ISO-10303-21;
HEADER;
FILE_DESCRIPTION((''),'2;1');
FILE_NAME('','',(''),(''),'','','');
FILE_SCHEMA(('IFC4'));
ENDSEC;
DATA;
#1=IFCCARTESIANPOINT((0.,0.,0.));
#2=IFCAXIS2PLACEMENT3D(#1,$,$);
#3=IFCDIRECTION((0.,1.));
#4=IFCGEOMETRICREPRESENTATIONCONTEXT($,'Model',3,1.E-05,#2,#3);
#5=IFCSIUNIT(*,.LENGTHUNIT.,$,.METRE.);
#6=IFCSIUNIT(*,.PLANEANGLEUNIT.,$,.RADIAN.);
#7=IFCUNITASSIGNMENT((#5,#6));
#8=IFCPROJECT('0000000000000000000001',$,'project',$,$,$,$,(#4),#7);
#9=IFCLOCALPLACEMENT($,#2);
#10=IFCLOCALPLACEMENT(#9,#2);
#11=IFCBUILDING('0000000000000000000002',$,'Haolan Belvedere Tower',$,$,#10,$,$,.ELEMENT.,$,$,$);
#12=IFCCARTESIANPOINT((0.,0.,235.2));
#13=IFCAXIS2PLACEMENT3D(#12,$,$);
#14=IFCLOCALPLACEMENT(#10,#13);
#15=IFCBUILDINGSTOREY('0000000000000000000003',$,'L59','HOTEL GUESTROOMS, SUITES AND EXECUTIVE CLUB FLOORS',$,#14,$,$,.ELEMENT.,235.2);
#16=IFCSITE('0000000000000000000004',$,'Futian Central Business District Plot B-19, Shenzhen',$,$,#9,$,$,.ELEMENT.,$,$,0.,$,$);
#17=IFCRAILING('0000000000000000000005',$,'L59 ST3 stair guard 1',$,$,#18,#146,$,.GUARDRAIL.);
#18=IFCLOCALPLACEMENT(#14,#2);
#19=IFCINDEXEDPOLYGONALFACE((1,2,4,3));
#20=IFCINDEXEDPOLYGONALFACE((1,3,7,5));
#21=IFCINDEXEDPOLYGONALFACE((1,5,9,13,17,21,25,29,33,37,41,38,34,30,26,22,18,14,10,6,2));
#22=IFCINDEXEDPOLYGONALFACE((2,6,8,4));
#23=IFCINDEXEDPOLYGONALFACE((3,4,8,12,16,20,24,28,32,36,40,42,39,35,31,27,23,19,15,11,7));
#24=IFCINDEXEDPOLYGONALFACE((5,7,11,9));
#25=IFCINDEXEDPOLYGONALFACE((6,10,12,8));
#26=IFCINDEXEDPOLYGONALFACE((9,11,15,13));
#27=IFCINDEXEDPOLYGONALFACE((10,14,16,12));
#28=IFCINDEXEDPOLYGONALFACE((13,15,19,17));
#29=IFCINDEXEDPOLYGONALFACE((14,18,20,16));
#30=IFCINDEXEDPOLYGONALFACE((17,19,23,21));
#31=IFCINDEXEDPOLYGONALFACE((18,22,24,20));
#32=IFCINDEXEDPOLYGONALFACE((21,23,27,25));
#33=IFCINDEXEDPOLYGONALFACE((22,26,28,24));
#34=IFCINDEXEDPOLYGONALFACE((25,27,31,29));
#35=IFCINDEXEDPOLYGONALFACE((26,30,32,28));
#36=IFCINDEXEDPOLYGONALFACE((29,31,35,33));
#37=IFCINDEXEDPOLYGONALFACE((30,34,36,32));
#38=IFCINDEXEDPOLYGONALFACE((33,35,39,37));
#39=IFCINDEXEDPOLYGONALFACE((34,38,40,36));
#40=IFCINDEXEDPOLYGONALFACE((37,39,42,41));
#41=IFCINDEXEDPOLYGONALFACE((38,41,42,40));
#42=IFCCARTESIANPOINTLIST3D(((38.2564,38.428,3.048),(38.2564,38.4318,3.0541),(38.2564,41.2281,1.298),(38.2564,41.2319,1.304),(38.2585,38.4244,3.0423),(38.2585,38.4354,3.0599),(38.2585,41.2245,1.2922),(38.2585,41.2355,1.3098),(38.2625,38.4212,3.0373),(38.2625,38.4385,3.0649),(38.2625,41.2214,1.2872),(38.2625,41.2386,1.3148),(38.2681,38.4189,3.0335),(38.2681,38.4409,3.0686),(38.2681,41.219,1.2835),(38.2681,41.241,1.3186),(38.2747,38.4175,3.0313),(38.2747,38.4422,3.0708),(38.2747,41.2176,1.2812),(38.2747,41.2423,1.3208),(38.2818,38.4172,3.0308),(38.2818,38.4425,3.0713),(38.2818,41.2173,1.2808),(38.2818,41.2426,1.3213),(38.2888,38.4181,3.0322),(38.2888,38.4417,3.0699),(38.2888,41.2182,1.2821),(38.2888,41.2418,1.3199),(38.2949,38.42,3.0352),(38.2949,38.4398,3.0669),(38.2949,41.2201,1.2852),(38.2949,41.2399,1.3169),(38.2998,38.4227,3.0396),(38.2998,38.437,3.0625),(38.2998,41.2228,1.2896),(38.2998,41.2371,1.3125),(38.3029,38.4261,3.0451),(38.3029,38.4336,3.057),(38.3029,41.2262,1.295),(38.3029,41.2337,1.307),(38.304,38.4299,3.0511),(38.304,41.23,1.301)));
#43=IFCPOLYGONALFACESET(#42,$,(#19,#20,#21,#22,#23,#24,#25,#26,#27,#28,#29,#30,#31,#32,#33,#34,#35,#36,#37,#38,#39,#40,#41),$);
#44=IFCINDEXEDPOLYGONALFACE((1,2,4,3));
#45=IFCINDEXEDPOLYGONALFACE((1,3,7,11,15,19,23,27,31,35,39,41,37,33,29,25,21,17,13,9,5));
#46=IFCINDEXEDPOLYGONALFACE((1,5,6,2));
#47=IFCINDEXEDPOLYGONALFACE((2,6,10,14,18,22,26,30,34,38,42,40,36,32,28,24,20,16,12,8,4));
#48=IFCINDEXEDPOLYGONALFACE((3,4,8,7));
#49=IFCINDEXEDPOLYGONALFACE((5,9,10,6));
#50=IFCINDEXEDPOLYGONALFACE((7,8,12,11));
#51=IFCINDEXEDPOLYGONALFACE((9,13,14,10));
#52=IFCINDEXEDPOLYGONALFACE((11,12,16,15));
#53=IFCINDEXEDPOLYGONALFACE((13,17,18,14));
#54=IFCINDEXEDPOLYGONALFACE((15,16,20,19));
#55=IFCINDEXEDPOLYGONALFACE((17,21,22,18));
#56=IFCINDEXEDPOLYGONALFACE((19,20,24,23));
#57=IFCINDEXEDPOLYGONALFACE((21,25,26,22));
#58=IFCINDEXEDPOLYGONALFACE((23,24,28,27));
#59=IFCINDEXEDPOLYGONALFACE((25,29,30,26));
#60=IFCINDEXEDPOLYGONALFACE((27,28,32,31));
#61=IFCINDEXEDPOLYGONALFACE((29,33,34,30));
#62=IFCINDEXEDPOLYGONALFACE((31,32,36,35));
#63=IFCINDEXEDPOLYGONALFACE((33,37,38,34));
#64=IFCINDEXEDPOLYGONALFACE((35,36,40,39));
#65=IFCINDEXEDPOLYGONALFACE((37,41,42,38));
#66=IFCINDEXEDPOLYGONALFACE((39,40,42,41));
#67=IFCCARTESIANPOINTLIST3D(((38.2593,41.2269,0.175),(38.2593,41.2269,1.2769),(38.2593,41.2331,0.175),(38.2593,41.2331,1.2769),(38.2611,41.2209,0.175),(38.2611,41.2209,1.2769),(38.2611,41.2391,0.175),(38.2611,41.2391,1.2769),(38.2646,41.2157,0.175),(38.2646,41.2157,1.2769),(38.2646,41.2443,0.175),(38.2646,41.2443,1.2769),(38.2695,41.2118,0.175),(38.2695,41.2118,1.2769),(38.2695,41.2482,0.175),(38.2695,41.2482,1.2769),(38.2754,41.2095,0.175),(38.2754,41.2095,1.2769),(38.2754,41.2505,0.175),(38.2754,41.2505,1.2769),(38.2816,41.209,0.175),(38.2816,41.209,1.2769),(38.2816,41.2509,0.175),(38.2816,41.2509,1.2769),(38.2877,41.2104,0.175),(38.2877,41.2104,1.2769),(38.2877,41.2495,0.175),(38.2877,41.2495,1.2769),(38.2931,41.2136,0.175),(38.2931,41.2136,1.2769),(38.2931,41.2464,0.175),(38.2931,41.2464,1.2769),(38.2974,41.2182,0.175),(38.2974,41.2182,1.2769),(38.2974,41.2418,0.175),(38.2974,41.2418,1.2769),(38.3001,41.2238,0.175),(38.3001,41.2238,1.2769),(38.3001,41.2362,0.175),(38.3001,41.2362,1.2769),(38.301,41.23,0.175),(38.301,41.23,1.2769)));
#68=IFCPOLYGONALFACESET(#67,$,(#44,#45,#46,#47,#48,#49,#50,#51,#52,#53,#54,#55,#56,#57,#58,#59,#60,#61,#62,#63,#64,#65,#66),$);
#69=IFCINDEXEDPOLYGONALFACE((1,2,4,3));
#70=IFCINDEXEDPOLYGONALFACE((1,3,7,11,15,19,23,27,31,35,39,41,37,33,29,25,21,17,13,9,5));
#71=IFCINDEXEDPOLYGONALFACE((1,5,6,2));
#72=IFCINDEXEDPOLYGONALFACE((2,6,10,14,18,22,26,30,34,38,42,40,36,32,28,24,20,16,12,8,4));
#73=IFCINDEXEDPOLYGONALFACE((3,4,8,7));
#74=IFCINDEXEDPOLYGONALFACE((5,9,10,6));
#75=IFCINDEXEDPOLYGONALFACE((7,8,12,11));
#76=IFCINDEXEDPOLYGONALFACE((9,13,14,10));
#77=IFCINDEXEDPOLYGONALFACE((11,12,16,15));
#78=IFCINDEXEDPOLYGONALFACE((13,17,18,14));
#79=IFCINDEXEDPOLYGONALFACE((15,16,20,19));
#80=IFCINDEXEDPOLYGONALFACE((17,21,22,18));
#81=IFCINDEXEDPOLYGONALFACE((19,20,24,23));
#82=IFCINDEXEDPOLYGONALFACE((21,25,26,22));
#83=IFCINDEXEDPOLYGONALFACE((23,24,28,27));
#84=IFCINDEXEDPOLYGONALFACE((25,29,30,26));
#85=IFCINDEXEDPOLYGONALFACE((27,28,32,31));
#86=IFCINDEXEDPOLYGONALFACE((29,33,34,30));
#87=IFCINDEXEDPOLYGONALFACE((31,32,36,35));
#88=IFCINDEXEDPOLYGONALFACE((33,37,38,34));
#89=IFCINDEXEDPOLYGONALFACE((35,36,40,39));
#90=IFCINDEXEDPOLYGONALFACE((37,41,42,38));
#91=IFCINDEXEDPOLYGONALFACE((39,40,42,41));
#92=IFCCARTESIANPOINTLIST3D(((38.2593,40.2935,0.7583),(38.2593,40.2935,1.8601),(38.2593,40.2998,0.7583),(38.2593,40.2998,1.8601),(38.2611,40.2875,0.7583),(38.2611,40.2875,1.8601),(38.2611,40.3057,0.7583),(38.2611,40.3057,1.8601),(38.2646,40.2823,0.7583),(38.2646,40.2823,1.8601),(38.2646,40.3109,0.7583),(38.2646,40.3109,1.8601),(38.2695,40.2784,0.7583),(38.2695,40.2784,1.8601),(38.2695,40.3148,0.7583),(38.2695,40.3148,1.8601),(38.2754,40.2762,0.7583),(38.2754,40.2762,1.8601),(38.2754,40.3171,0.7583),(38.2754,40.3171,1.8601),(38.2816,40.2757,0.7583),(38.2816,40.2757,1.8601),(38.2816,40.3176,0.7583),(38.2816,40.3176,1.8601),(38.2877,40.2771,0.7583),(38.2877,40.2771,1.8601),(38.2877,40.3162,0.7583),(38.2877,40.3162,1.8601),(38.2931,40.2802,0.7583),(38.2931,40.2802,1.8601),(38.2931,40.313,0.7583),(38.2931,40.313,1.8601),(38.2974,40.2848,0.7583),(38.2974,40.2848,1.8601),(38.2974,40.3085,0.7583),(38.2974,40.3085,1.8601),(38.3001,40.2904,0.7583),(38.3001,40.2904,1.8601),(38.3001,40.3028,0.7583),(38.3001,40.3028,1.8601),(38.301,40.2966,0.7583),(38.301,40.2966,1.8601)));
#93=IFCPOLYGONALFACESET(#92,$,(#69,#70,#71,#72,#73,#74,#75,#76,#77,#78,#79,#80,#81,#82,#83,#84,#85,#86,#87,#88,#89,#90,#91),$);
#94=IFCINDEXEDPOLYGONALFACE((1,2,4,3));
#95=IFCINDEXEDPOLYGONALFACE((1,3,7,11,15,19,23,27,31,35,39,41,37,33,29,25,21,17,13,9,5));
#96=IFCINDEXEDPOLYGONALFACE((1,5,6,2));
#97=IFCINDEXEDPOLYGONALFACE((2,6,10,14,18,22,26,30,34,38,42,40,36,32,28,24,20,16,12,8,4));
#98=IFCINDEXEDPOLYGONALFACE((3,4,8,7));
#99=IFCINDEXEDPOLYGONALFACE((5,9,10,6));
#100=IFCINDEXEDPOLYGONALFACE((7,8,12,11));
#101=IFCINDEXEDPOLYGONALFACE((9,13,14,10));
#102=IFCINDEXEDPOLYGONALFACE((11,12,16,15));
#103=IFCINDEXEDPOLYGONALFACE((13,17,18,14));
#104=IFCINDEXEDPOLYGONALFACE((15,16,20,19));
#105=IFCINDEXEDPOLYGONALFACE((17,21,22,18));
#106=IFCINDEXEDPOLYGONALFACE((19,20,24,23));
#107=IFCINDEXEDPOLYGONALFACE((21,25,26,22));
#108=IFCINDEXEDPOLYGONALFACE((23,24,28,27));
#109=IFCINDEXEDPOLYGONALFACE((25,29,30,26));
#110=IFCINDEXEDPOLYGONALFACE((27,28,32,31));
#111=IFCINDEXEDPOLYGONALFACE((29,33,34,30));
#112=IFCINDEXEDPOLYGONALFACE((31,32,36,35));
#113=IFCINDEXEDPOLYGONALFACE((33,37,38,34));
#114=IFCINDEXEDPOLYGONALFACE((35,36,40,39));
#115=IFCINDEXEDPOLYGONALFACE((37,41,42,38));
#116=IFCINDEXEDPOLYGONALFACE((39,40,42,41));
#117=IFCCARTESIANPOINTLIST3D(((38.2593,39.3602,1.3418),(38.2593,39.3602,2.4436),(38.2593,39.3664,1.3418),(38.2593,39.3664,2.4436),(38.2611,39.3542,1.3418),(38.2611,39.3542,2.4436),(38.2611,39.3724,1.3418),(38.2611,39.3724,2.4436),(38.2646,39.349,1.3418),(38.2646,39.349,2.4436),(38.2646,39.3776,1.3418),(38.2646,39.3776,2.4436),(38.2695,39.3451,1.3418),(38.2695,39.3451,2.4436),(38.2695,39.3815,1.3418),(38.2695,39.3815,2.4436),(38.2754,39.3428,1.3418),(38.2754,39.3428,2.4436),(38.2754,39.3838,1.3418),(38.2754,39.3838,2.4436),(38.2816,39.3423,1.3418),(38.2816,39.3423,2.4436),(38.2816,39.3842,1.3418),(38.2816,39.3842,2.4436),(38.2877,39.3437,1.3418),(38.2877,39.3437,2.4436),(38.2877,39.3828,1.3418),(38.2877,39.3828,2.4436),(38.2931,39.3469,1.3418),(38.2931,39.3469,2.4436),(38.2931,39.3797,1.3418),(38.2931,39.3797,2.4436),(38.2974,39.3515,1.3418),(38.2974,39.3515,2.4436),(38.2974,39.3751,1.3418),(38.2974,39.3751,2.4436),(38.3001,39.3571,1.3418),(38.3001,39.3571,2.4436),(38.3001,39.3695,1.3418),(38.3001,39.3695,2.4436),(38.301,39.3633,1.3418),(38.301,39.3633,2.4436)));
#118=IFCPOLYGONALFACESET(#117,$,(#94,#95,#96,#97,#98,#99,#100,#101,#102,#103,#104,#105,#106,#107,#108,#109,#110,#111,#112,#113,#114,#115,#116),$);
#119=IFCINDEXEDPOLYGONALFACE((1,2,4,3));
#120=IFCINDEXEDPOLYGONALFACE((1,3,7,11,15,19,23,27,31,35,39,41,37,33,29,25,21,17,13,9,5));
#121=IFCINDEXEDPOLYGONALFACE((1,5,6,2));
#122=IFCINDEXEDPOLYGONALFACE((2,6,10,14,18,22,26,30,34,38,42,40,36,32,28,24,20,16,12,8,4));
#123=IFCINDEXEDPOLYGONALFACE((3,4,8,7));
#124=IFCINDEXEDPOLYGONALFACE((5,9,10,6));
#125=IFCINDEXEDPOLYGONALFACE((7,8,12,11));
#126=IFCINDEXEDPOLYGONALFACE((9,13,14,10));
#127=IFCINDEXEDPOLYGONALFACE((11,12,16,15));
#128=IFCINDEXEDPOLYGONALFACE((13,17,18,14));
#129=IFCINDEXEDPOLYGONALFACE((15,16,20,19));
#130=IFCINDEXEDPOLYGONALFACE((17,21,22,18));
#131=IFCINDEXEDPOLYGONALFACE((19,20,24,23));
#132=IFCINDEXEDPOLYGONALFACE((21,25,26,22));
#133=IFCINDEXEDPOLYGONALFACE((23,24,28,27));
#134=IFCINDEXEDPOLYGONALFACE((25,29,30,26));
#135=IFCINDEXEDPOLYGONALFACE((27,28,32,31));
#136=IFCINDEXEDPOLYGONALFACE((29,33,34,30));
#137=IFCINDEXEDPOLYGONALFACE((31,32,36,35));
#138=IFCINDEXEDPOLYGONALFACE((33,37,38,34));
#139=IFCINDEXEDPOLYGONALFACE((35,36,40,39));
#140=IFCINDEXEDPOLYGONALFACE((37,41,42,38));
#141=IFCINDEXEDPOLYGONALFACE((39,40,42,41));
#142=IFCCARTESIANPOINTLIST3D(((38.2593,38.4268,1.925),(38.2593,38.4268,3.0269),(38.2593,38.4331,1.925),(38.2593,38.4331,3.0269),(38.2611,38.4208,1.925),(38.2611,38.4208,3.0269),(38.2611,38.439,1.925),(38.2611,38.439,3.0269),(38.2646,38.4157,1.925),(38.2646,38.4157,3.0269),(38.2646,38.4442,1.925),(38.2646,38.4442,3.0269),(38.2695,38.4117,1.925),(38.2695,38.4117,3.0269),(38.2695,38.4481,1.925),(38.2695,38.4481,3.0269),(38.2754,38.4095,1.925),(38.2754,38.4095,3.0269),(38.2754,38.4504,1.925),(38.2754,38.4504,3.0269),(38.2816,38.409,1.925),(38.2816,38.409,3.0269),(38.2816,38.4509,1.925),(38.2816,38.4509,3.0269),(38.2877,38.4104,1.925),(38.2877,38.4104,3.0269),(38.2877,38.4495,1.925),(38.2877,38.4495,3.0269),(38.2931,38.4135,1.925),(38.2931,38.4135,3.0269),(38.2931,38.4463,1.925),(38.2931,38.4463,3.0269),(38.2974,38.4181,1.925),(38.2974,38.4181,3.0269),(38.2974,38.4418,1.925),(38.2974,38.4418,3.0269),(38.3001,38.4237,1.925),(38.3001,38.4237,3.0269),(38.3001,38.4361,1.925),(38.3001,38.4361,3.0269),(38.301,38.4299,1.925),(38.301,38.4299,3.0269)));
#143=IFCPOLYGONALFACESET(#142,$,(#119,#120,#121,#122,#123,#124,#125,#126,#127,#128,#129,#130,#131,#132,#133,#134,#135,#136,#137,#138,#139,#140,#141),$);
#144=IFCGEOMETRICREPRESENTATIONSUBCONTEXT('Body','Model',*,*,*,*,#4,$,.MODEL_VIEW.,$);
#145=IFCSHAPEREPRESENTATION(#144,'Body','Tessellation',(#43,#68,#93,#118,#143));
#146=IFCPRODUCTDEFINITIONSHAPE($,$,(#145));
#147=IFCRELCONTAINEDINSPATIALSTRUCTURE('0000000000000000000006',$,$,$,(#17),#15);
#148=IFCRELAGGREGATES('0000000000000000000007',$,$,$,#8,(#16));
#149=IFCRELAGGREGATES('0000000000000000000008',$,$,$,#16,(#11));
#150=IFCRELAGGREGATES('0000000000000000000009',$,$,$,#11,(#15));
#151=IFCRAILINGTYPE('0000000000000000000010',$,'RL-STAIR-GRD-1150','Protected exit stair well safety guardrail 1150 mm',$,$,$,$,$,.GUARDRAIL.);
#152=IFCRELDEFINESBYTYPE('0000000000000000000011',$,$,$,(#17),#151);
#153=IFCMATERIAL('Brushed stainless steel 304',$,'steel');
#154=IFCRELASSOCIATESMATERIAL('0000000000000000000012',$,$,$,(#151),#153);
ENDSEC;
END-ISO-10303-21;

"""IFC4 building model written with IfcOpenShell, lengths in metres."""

from ifc_helpers import new_model, si_unit, direction, frame, origin, origin_2d, place, context, subcontext, project, spatial, circle, extrude, material, type_object, element, save


model = new_model("IFC4")

# Units and contexts
model_context = context("Model", 3, precision=1e-05, world=origin(), true_north=direction((0.0, 1.0)))
body_context = subcontext(model_context, "Body", "Model", "MODEL_VIEW")
ifc_project = project(units=[si_unit("LENGTHUNIT", "METRE"), si_unit("PLANEANGLEUNIT", "RADIAN")], contexts=[model_context])

# Site, building, storey
site_placement = place(None, origin())
site = spatial("IfcSite", under=ifc_project, at=site_placement, Name="Futian Central Business District Plot B-19, Shenzhen", CompositionType="ELEMENT", RefElevation=0.0)
building_placement = place(site_placement, origin())
building = spatial("IfcBuilding", under=site, at=building_placement, Name="Haolan Belvedere Tower", CompositionType="ELEMENT")
storey_placement = place(building_placement, frame((0.0, 0.0, 235.2)))
storey = spatial("IfcBuildingStorey", under=building, at=storey_placement, Name="L59", Description="HOTEL GUESTROOMS, SUITES AND EXECUTIVE CLUB FLOORS", CompositionType="ELEMENT", Elevation=235.2)

# Railing
ifc_material_1 = material(Name="Brushed stainless steel 304", Category="steel")
railing_type_1 = type_object("IfcRailingType", Name="RL-STAIR-GRD-1150", Description="Protected exit stair well safety guardrail 1150 mm", PredefinedType="GUARDRAIL", material=ifc_material_1)
railing_1_placement = place(storey_placement, frame((38.28, 41.23, 0.175)))
element("IfcRailing", 1, at=railing_1_placement, inside=storey, type_object=railing_type_1, Name="L59 ST3 stair guard 1", PredefinedType="GUARDRAIL", context=body_context, shape_type="SweptSolid", body=[
    extrude(circle(Radius=0.0239, at=origin_2d()), frame((0.0, 0.0, 1.126), z_axis=(0.0, -0.848002, 0.529992), x_axis=(1.0, 0.0, 0.0)), (0.0, 0.0, 1.0), 3.302),
    extrude(circle(Radius=0.021, at=origin_2d()), origin(), (0.0, 0.0, 1.0), 1.1018),
    extrude(circle(Radius=0.021, at=origin_2d()), frame((0.0, -0.9333, 0.5833)), (0.0, 0.0, 1.0), 1.1018),
    extrude(circle(Radius=0.021, at=origin_2d()), frame((0.0, -1.8667, 1.1667)), (0.0, 0.0, 1.0), 1.1018),
    extrude(circle(Radius=0.021, at=origin_2d()), frame((0.0, -2.8, 1.75)), (0.0, 0.0, 1.0), 1.1018),
])

save(model, "model.ifc")
